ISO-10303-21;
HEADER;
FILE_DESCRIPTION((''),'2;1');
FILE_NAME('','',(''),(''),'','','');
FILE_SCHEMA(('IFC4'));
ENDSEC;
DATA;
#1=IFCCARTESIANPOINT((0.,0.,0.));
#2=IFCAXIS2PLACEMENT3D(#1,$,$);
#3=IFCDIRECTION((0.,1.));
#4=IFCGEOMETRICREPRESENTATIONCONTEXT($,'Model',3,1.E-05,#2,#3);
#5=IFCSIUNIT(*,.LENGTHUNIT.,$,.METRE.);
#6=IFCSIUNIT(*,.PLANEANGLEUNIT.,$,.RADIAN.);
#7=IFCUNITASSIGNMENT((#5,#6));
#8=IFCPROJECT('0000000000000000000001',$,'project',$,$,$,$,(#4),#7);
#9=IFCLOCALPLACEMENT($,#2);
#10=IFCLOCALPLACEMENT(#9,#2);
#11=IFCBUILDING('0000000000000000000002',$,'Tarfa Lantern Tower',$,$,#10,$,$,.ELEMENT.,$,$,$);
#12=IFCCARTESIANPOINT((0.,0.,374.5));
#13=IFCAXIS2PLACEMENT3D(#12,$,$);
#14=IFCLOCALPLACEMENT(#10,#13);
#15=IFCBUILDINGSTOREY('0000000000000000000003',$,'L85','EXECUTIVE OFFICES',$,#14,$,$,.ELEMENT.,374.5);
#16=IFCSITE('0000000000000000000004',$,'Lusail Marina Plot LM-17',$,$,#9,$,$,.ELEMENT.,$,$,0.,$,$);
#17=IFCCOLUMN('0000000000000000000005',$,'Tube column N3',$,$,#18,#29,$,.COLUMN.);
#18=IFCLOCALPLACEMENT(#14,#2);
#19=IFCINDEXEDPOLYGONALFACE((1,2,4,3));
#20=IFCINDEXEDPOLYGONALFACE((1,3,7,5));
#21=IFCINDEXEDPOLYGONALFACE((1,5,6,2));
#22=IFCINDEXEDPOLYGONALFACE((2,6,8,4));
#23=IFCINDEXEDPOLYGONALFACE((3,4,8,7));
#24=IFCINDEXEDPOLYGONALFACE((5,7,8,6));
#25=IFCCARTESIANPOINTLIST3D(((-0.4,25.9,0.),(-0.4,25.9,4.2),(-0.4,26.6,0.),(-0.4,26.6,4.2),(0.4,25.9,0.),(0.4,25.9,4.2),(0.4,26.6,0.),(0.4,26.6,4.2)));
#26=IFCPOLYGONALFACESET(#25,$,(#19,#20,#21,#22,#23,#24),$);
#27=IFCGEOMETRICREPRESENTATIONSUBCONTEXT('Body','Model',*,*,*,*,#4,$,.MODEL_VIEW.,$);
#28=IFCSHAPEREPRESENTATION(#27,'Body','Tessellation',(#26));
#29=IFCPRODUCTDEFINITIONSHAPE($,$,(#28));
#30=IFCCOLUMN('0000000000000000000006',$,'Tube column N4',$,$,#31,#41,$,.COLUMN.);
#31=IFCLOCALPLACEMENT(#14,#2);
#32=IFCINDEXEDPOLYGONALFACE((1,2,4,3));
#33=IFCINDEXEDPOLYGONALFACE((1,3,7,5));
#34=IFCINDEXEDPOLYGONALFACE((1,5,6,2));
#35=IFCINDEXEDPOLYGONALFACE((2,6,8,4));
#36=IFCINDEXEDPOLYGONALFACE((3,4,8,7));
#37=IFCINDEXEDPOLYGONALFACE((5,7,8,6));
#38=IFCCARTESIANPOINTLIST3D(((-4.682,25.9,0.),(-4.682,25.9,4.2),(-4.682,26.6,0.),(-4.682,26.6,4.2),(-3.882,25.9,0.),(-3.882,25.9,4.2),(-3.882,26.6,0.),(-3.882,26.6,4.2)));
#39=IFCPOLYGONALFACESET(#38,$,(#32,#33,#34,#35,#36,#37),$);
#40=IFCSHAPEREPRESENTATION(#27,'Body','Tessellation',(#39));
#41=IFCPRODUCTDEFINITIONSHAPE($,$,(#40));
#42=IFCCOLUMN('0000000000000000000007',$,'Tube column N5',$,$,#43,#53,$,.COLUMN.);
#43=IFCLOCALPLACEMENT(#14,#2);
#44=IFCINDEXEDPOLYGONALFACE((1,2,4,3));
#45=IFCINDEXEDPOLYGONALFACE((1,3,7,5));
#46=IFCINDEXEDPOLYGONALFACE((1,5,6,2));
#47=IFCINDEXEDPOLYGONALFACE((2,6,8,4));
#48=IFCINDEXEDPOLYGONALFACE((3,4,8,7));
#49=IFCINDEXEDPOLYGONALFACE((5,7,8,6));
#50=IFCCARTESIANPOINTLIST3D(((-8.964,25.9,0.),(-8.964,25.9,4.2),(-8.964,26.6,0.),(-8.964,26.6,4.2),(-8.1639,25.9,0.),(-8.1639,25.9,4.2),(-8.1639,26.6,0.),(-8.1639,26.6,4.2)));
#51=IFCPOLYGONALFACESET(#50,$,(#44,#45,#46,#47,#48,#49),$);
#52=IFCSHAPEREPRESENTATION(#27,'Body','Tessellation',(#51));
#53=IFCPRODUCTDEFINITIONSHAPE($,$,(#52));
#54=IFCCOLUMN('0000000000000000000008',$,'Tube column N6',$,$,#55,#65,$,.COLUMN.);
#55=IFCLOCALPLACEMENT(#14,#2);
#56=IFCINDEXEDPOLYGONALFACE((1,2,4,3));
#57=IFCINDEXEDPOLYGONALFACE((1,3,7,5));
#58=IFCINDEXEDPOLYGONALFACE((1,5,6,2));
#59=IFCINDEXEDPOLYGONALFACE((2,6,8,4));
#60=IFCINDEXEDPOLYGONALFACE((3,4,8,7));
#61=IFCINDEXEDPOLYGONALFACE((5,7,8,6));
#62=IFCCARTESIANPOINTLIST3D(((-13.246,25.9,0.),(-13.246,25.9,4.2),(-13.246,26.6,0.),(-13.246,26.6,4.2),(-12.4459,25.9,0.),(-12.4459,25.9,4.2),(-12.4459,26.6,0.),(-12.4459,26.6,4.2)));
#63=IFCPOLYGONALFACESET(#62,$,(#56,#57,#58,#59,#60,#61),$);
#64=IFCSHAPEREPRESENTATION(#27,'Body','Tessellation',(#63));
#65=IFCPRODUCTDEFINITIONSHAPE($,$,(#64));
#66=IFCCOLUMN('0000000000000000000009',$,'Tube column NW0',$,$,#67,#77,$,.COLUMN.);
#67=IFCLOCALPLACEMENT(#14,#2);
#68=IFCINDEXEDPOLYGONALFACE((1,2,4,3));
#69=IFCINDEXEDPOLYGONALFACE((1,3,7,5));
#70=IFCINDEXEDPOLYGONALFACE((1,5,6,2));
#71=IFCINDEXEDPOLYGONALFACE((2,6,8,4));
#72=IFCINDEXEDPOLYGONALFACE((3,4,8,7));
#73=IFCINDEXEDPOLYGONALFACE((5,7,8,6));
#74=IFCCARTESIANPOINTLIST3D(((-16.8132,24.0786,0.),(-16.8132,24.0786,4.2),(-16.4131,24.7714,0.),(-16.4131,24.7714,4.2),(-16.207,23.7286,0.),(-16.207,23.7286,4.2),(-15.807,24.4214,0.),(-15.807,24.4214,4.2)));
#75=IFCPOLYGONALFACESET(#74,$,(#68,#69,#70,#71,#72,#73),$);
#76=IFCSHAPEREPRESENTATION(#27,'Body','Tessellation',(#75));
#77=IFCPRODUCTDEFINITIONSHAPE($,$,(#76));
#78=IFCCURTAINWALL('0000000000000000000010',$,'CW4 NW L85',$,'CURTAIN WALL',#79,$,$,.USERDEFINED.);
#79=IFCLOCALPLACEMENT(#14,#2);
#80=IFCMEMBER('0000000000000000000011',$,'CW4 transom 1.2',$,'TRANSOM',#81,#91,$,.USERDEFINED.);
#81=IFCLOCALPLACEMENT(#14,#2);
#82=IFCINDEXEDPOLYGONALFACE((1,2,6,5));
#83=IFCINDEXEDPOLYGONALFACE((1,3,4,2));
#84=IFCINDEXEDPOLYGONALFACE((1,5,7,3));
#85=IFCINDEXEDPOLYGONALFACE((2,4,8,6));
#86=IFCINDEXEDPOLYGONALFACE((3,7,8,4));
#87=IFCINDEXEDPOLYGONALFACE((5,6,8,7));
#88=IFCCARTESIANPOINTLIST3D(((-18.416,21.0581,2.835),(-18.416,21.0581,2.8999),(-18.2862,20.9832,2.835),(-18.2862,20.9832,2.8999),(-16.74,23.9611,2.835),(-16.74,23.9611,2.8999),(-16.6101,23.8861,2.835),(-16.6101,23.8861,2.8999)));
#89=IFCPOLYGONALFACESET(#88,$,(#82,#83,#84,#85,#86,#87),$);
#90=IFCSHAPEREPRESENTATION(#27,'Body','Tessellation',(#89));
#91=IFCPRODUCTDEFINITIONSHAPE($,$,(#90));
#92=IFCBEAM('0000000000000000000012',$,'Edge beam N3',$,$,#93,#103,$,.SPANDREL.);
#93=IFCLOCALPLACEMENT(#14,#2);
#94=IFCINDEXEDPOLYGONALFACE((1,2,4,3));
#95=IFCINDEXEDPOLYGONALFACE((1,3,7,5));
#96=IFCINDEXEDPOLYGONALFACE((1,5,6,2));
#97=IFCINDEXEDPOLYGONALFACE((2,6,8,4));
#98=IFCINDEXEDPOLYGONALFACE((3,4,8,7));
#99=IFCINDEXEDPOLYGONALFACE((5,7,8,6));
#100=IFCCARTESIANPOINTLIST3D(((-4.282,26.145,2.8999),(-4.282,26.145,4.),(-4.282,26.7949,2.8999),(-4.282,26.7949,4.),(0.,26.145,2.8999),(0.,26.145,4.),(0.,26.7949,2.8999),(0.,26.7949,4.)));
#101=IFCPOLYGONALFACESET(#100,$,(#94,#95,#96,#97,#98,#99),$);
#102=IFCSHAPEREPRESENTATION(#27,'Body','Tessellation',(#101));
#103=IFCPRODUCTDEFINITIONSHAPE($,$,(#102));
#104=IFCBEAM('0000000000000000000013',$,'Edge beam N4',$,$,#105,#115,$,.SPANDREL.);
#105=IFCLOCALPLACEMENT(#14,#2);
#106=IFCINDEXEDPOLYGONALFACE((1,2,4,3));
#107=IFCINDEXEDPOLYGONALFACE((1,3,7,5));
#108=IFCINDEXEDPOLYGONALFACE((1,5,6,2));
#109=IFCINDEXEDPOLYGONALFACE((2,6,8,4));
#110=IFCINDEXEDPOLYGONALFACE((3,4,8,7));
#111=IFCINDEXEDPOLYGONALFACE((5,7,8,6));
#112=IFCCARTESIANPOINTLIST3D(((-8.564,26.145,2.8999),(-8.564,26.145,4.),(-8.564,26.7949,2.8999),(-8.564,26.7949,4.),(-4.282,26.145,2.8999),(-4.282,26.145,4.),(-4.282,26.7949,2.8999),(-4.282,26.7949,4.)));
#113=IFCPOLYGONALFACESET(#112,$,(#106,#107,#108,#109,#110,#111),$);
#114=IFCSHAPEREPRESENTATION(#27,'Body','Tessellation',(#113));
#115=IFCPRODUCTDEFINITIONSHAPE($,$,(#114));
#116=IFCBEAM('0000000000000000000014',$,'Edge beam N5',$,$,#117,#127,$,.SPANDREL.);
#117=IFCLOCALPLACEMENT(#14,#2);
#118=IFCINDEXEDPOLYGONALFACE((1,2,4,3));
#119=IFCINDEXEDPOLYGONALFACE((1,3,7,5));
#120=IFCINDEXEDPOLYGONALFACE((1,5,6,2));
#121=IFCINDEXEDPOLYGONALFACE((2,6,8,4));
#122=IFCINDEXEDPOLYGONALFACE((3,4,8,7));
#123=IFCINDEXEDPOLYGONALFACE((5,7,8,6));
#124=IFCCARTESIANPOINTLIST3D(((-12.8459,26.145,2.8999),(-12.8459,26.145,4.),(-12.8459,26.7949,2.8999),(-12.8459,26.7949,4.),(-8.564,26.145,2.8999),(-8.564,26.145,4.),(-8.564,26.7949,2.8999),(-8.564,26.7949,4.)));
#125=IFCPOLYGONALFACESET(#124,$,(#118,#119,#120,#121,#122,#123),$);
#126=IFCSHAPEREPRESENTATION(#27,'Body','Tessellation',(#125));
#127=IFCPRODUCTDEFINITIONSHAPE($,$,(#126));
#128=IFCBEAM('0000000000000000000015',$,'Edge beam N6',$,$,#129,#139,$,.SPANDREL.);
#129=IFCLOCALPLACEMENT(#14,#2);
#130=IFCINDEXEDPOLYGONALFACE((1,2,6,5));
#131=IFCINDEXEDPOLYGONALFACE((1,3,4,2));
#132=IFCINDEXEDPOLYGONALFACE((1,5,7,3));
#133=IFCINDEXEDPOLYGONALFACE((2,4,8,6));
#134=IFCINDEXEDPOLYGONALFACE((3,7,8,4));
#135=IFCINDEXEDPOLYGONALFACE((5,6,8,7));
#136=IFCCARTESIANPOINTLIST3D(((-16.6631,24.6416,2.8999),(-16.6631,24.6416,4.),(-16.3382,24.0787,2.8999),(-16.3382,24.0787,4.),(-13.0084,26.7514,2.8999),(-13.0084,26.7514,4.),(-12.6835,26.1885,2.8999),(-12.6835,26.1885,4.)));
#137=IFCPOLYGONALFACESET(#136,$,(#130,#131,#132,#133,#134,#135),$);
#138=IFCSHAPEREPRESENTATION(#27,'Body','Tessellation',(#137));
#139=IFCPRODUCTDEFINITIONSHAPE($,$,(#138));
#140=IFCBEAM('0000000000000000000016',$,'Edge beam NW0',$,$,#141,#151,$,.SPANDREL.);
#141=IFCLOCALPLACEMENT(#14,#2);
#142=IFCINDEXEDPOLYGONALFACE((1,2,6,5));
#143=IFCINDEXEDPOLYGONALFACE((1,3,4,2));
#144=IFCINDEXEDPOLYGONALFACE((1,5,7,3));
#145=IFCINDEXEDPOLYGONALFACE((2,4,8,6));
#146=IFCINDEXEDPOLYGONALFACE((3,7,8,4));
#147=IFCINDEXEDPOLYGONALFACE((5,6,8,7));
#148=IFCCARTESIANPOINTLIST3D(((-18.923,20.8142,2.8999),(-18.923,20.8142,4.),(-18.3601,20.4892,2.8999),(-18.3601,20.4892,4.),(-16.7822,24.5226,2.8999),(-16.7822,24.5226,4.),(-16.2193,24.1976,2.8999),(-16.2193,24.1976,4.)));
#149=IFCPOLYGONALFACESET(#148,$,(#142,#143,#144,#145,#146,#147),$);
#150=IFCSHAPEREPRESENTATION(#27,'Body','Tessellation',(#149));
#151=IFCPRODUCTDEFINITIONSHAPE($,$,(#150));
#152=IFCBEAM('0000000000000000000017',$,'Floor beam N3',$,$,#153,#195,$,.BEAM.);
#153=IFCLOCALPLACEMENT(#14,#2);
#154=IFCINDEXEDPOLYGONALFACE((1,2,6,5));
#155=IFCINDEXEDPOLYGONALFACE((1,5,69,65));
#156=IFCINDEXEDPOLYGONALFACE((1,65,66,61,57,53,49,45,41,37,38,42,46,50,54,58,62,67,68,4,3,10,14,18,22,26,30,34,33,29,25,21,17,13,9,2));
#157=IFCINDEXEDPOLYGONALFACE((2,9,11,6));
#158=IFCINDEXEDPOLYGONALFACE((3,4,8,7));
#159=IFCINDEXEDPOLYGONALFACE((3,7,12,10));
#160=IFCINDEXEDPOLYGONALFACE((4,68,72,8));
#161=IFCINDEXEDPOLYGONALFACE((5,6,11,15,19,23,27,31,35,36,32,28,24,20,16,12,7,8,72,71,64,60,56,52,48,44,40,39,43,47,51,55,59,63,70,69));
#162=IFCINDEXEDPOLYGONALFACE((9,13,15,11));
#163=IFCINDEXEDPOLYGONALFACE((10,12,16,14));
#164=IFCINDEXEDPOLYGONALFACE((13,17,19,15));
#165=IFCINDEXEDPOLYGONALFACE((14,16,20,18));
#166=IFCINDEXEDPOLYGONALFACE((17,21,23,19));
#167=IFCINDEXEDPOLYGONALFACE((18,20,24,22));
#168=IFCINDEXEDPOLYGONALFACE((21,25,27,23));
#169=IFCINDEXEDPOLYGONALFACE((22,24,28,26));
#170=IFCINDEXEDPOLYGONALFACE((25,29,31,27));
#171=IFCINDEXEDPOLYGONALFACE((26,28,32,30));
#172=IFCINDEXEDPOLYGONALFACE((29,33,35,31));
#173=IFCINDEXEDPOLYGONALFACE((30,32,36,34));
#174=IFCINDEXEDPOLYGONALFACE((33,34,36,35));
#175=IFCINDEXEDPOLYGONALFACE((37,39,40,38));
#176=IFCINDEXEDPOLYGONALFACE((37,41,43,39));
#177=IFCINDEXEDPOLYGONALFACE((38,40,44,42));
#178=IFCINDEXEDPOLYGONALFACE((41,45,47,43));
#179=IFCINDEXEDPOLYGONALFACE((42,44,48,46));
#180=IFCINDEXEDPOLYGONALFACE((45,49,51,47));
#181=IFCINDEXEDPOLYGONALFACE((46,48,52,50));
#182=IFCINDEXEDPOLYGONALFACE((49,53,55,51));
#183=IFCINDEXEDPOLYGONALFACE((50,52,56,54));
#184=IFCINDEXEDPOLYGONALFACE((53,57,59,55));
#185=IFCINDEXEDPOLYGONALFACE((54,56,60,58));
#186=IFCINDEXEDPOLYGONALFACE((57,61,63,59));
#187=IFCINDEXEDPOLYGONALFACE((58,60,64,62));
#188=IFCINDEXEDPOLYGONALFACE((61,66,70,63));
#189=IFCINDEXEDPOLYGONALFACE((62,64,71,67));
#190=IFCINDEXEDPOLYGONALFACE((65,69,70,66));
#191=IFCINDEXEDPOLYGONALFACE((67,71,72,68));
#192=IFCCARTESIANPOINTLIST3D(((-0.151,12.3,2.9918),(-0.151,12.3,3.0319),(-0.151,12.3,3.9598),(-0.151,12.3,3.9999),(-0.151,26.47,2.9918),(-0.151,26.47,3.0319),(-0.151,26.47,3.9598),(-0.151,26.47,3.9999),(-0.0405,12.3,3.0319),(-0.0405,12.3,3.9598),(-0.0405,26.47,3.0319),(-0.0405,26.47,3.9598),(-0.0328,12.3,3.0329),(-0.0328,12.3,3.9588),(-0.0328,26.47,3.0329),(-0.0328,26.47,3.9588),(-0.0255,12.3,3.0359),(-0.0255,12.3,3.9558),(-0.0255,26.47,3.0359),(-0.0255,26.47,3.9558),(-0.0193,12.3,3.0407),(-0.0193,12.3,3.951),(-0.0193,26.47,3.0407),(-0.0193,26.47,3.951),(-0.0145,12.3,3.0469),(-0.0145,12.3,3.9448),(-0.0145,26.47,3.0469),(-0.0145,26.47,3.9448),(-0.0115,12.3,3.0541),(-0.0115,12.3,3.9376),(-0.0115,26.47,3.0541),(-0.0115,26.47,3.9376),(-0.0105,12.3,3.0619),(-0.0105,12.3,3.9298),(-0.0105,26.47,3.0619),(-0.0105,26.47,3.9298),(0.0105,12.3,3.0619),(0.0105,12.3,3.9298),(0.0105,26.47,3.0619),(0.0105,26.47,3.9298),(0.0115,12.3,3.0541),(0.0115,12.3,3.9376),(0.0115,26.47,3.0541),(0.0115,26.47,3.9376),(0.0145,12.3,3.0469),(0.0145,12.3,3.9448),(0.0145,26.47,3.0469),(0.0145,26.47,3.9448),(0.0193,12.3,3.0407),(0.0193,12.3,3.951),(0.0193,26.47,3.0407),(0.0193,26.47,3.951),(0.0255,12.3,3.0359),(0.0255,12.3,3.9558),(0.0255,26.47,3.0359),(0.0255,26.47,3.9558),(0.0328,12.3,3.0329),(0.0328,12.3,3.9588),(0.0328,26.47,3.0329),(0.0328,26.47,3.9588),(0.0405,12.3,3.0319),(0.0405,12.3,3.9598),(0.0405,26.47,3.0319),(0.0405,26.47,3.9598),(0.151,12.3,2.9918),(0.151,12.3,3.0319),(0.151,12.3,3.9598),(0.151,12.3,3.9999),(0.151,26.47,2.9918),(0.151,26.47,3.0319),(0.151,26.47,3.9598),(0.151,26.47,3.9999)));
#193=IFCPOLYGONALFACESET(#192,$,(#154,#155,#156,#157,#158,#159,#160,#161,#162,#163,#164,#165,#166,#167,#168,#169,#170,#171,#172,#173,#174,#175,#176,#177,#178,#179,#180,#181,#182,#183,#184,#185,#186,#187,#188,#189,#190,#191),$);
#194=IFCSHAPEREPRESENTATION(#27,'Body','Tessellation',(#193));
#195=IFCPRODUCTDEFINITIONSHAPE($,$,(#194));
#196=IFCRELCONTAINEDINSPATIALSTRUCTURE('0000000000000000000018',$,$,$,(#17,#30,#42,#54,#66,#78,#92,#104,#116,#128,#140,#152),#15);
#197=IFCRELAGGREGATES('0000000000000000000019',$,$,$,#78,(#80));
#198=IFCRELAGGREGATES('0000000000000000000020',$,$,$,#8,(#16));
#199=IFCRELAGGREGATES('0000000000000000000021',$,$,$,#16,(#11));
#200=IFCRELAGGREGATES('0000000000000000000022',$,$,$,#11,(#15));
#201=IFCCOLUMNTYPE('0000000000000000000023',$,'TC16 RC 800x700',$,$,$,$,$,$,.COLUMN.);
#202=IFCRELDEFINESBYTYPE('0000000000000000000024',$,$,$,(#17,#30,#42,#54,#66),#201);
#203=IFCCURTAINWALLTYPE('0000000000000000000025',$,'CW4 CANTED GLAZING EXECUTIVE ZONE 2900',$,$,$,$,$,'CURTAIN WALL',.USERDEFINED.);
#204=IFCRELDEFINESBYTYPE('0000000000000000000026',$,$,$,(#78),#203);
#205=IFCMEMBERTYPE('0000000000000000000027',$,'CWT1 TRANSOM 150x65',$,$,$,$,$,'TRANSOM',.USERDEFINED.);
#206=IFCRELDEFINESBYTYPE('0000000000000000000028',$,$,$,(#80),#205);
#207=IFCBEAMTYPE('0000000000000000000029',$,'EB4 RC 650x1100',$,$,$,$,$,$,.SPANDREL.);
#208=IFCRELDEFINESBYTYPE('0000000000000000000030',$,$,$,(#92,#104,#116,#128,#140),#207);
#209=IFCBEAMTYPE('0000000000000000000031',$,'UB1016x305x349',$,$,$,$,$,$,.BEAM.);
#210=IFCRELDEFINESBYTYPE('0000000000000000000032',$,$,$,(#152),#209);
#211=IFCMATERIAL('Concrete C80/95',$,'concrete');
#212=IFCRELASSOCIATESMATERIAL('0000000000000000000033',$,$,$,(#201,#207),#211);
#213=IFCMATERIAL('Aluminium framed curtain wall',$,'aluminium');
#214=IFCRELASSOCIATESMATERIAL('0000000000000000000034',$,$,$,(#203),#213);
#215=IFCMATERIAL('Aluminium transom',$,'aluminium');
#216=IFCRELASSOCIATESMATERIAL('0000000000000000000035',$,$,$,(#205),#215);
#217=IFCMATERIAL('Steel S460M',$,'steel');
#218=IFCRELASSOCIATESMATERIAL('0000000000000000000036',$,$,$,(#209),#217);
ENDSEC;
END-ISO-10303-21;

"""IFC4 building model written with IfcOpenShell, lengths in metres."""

from ifc_helpers import new_model, si_unit, direction, frame, origin, origin_2d, place, context, subcontext, project, spatial, rectangle, i_section, extrude, material, material_profile, profile_set, type_object, element, aggregate, save


model = new_model("IFC4")

# Units and contexts
model_context = context("Model", 3, precision=1e-05, world=origin(), true_north=direction((0.0, 1.0)))
body_context = subcontext(model_context, "Body", "Model", "MODEL_VIEW")
ifc_project = project(units=[si_unit("LENGTHUNIT", "METRE"), si_unit("PLANEANGLEUNIT", "RADIAN")], contexts=[model_context])

# Site, building, storey
site_placement = place(None, origin())
site = spatial("IfcSite", under=ifc_project, at=site_placement, Name="Lusail Marina Plot LM-17", CompositionType="ELEMENT", RefElevation=0.0)
building_placement = place(site_placement, origin())
building = spatial("IfcBuilding", under=site, at=building_placement, Name="Tarfa Lantern Tower", CompositionType="ELEMENT")
storey_placement = place(building_placement, frame((0.0, 0.0, 374.5)))
storey = spatial("IfcBuildingStorey", under=building, at=storey_placement, Name="L85", Description="EXECUTIVE OFFICES", CompositionType="ELEMENT", Elevation=374.5)

# Columns
ifc_material_1 = material(Name="Concrete C80/95", Category="concrete")
ifc_material_profile_1 = material_profile(ifc_material_1, rectangle(XDim=0.8, YDim=0.7, at=origin_2d()), Name="RC 800x700")
ifc_profile_set_1 = profile_set([ifc_material_profile_1], Name="Concrete C80/95")
column_type = type_object("IfcColumnType", Name="TC16 RC 800x700", PredefinedType="COLUMN", material=ifc_profile_set_1)
for number, where, z_axis, x_axis, name in (
    (1, (0.0, 26.25, 0.0), (0.0, 0.0, 1.0), (-1.0, 0.0, 0.0), "Tube column N3"),
    (2, (-4.282, 26.25, 0.0), (0.0, 0.0, 1.0), (-1.0, 0.0, 0.0), "Tube column N4"),
    (3, (-8.564, 26.25, 0.0), (0.0, 0.0, 1.0), (-1.0, 0.0, 0.0), "Tube column N5"),
    (4, (-12.8459, 26.25, 0.0), (0.0, 0.0, 1.0), (-1.0, 0.0, 0.0), "Tube column N6"),
    (5, (-16.3101, 24.25, 0.0), (0.0, 0.0, 1.0), (-0.5, -0.866025, 0.0), "Tube column NW0"),
):
    element("IfcColumn", number, at=place(storey_placement, frame(where, z_axis=z_axis, x_axis=x_axis)), inside=storey, type_object=column_type, Name=name, PredefinedType="COLUMN", context=body_context, shape_type="SweptSolid", body=[
        extrude(rectangle(XDim=0.8, YDim=0.7, at=origin_2d()), origin(), (0.0, 0.0, 1.0), 4.2),
    ])

# Curtain wall, member
ifc_material_2 = material(Name="Aluminium framed curtain wall", Category="aluminium")
curtain_wall_type = type_object("IfcCurtainWallType", Name="CW4 CANTED GLAZING EXECUTIVE ZONE 2900", ElementType="CURTAIN WALL", PredefinedType="USERDEFINED", material=ifc_material_2)
curtain_wall_placement = place(storey_placement, origin())
curtain_wall = element("IfcCurtainWall", 6, at=curtain_wall_placement, inside=storey, type_object=curtain_wall_type, Name="CW4 NW L85", ObjectType="CURTAIN WALL", PredefinedType="USERDEFINED")
ifc_material_3 = material(Name="Aluminium transom", Category="aluminium")
ifc_material_profile_2 = material_profile(ifc_material_3, rectangle(XDim=0.1499, YDim=0.0649, at=origin_2d()), Name="AL TRANSOM 150x65")
ifc_profile_set_2 = profile_set([ifc_material_profile_2], Name="Aluminium transom")
member_type = type_object("IfcMemberType", Name="CWT1 TRANSOM 150x65", ElementType="TRANSOM", PredefinedType="USERDEFINED", material=ifc_profile_set_2)
member_placement = place(storey_placement, frame((-16.675, 23.9236, 2.8674), z_axis=(-0.500017, -0.866016, 0.0), x_axis=(0.866016, -0.500017, 0.0)))
member = element("IfcMember", 7, at=member_placement, type_object=member_type, Name="CW4 transom 1.2", ObjectType="TRANSOM", PredefinedType="USERDEFINED", context=body_context, shape_type="SweptSolid", body=[
    extrude(rectangle(XDim=0.1499, YDim=0.0649, at=origin_2d()), origin(), (0.0, 0.0, 1.0), 3.3521),
])
aggregate(curtain_wall, [member])

# Beams
ifc_material_profile_3 = material_profile(ifc_material_1, rectangle(XDim=0.6499, YDim=1.1001, at=origin_2d()), Name="RC 650x1100")
ifc_profile_set_3 = profile_set([ifc_material_profile_3], Name="Concrete C80/95")
beam_type_1 = type_object("IfcBeamType", Name="EB4 RC 650x1100", PredefinedType="SPANDREL", material=ifc_profile_set_3)
for number, where, z_axis, x_axis, name in (
    (8, (0.0, 26.47, 3.45), (-1.0, 0.0, 0.0), (0.0, -1.0, 0.0), "Edge beam N3"),
    (9, (-4.282, 26.47, 3.45), (-1.0, 0.0, 0.0), (0.0, -1.0, 0.0), "Edge beam N4"),
    (10, (-8.564, 26.47, 3.45), (-1.0, 0.0, 0.0), (0.0, -1.0, 0.0), "Edge beam N5"),
):
    element("IfcBeam", number, at=place(storey_placement, frame(where, z_axis=z_axis, x_axis=x_axis)), inside=storey, type_object=beam_type_1, Name=name, PredefinedType="SPANDREL", context=body_context, shape_type="SweptSolid", body=[
        extrude(rectangle(XDim=0.6499, YDim=1.1001, at=origin_2d()), origin(), (0.0, 0.0, 1.0), 4.282),
    ])
beam_1_placement = place(storey_placement, frame((-12.8459, 26.47, 3.45), z_axis=(-0.866049, -0.499959, 0.0), x_axis=(0.499959, -0.866049, 0.0)))
element("IfcBeam", 11, at=beam_1_placement, inside=storey, type_object=beam_type_1, Name="Edge beam N6", PredefinedType="SPANDREL", context=body_context, shape_type="SweptSolid", body=[
    extrude(rectangle(XDim=0.6499, YDim=1.1001, at=origin_2d()), origin(), (0.0, 0.0, 1.0), 4.22),
])
beam_2_placement = place(storey_placement, frame((-16.5007, 24.3601, 3.45), z_axis=(-0.499959, -0.866049, 0.0), x_axis=(0.866049, -0.499959, 0.0)))
element("IfcBeam", 12, at=beam_2_placement, inside=storey, type_object=beam_type_1, Name="Edge beam NW0", PredefinedType="SPANDREL", context=body_context, shape_type="SweptSolid", body=[
    extrude(rectangle(XDim=0.6499, YDim=1.1001, at=origin_2d()), origin(), (0.0, 0.0, 1.0), 4.282),
])
ifc_material_4 = material(Name="Steel S460M", Category="steel")
ifc_material_profile_4 = material_profile(ifc_material_4, i_section(OverallWidth=0.302, OverallDepth=1.0081, WebThickness=0.021, FlangeThickness=0.04, FilletRadius=0.03, at=origin_2d()), Name="UB1016x305x349")
ifc_profile_set_4 = profile_set([ifc_material_profile_4], Name="Steel S460M")
beam_type_2 = type_object("IfcBeamType", Name="UB1016x305x349", PredefinedType="BEAM", material=ifc_profile_set_4)
for number, where, z_axis, x_axis, name in (
    (13, (0.0, 26.47, 3.4958), (0.0, -1.0, 0.0), (1.0, 0.0, 0.0), "Floor beam N3"),
):
    element("IfcBeam", number, at=place(storey_placement, frame(where, z_axis=z_axis, x_axis=x_axis)), inside=storey, type_object=beam_type_2, Name=name, PredefinedType="BEAM", context=body_context, shape_type="SweptSolid", body=[
        extrude(i_section(OverallWidth=0.302, OverallDepth=1.0081, WebThickness=0.021, FlangeThickness=0.04, FilletRadius=0.03, at=origin_2d()), origin(), (0.0, 0.0, 1.0), 14.1699),
    ])

save(model, "model.ifc")
